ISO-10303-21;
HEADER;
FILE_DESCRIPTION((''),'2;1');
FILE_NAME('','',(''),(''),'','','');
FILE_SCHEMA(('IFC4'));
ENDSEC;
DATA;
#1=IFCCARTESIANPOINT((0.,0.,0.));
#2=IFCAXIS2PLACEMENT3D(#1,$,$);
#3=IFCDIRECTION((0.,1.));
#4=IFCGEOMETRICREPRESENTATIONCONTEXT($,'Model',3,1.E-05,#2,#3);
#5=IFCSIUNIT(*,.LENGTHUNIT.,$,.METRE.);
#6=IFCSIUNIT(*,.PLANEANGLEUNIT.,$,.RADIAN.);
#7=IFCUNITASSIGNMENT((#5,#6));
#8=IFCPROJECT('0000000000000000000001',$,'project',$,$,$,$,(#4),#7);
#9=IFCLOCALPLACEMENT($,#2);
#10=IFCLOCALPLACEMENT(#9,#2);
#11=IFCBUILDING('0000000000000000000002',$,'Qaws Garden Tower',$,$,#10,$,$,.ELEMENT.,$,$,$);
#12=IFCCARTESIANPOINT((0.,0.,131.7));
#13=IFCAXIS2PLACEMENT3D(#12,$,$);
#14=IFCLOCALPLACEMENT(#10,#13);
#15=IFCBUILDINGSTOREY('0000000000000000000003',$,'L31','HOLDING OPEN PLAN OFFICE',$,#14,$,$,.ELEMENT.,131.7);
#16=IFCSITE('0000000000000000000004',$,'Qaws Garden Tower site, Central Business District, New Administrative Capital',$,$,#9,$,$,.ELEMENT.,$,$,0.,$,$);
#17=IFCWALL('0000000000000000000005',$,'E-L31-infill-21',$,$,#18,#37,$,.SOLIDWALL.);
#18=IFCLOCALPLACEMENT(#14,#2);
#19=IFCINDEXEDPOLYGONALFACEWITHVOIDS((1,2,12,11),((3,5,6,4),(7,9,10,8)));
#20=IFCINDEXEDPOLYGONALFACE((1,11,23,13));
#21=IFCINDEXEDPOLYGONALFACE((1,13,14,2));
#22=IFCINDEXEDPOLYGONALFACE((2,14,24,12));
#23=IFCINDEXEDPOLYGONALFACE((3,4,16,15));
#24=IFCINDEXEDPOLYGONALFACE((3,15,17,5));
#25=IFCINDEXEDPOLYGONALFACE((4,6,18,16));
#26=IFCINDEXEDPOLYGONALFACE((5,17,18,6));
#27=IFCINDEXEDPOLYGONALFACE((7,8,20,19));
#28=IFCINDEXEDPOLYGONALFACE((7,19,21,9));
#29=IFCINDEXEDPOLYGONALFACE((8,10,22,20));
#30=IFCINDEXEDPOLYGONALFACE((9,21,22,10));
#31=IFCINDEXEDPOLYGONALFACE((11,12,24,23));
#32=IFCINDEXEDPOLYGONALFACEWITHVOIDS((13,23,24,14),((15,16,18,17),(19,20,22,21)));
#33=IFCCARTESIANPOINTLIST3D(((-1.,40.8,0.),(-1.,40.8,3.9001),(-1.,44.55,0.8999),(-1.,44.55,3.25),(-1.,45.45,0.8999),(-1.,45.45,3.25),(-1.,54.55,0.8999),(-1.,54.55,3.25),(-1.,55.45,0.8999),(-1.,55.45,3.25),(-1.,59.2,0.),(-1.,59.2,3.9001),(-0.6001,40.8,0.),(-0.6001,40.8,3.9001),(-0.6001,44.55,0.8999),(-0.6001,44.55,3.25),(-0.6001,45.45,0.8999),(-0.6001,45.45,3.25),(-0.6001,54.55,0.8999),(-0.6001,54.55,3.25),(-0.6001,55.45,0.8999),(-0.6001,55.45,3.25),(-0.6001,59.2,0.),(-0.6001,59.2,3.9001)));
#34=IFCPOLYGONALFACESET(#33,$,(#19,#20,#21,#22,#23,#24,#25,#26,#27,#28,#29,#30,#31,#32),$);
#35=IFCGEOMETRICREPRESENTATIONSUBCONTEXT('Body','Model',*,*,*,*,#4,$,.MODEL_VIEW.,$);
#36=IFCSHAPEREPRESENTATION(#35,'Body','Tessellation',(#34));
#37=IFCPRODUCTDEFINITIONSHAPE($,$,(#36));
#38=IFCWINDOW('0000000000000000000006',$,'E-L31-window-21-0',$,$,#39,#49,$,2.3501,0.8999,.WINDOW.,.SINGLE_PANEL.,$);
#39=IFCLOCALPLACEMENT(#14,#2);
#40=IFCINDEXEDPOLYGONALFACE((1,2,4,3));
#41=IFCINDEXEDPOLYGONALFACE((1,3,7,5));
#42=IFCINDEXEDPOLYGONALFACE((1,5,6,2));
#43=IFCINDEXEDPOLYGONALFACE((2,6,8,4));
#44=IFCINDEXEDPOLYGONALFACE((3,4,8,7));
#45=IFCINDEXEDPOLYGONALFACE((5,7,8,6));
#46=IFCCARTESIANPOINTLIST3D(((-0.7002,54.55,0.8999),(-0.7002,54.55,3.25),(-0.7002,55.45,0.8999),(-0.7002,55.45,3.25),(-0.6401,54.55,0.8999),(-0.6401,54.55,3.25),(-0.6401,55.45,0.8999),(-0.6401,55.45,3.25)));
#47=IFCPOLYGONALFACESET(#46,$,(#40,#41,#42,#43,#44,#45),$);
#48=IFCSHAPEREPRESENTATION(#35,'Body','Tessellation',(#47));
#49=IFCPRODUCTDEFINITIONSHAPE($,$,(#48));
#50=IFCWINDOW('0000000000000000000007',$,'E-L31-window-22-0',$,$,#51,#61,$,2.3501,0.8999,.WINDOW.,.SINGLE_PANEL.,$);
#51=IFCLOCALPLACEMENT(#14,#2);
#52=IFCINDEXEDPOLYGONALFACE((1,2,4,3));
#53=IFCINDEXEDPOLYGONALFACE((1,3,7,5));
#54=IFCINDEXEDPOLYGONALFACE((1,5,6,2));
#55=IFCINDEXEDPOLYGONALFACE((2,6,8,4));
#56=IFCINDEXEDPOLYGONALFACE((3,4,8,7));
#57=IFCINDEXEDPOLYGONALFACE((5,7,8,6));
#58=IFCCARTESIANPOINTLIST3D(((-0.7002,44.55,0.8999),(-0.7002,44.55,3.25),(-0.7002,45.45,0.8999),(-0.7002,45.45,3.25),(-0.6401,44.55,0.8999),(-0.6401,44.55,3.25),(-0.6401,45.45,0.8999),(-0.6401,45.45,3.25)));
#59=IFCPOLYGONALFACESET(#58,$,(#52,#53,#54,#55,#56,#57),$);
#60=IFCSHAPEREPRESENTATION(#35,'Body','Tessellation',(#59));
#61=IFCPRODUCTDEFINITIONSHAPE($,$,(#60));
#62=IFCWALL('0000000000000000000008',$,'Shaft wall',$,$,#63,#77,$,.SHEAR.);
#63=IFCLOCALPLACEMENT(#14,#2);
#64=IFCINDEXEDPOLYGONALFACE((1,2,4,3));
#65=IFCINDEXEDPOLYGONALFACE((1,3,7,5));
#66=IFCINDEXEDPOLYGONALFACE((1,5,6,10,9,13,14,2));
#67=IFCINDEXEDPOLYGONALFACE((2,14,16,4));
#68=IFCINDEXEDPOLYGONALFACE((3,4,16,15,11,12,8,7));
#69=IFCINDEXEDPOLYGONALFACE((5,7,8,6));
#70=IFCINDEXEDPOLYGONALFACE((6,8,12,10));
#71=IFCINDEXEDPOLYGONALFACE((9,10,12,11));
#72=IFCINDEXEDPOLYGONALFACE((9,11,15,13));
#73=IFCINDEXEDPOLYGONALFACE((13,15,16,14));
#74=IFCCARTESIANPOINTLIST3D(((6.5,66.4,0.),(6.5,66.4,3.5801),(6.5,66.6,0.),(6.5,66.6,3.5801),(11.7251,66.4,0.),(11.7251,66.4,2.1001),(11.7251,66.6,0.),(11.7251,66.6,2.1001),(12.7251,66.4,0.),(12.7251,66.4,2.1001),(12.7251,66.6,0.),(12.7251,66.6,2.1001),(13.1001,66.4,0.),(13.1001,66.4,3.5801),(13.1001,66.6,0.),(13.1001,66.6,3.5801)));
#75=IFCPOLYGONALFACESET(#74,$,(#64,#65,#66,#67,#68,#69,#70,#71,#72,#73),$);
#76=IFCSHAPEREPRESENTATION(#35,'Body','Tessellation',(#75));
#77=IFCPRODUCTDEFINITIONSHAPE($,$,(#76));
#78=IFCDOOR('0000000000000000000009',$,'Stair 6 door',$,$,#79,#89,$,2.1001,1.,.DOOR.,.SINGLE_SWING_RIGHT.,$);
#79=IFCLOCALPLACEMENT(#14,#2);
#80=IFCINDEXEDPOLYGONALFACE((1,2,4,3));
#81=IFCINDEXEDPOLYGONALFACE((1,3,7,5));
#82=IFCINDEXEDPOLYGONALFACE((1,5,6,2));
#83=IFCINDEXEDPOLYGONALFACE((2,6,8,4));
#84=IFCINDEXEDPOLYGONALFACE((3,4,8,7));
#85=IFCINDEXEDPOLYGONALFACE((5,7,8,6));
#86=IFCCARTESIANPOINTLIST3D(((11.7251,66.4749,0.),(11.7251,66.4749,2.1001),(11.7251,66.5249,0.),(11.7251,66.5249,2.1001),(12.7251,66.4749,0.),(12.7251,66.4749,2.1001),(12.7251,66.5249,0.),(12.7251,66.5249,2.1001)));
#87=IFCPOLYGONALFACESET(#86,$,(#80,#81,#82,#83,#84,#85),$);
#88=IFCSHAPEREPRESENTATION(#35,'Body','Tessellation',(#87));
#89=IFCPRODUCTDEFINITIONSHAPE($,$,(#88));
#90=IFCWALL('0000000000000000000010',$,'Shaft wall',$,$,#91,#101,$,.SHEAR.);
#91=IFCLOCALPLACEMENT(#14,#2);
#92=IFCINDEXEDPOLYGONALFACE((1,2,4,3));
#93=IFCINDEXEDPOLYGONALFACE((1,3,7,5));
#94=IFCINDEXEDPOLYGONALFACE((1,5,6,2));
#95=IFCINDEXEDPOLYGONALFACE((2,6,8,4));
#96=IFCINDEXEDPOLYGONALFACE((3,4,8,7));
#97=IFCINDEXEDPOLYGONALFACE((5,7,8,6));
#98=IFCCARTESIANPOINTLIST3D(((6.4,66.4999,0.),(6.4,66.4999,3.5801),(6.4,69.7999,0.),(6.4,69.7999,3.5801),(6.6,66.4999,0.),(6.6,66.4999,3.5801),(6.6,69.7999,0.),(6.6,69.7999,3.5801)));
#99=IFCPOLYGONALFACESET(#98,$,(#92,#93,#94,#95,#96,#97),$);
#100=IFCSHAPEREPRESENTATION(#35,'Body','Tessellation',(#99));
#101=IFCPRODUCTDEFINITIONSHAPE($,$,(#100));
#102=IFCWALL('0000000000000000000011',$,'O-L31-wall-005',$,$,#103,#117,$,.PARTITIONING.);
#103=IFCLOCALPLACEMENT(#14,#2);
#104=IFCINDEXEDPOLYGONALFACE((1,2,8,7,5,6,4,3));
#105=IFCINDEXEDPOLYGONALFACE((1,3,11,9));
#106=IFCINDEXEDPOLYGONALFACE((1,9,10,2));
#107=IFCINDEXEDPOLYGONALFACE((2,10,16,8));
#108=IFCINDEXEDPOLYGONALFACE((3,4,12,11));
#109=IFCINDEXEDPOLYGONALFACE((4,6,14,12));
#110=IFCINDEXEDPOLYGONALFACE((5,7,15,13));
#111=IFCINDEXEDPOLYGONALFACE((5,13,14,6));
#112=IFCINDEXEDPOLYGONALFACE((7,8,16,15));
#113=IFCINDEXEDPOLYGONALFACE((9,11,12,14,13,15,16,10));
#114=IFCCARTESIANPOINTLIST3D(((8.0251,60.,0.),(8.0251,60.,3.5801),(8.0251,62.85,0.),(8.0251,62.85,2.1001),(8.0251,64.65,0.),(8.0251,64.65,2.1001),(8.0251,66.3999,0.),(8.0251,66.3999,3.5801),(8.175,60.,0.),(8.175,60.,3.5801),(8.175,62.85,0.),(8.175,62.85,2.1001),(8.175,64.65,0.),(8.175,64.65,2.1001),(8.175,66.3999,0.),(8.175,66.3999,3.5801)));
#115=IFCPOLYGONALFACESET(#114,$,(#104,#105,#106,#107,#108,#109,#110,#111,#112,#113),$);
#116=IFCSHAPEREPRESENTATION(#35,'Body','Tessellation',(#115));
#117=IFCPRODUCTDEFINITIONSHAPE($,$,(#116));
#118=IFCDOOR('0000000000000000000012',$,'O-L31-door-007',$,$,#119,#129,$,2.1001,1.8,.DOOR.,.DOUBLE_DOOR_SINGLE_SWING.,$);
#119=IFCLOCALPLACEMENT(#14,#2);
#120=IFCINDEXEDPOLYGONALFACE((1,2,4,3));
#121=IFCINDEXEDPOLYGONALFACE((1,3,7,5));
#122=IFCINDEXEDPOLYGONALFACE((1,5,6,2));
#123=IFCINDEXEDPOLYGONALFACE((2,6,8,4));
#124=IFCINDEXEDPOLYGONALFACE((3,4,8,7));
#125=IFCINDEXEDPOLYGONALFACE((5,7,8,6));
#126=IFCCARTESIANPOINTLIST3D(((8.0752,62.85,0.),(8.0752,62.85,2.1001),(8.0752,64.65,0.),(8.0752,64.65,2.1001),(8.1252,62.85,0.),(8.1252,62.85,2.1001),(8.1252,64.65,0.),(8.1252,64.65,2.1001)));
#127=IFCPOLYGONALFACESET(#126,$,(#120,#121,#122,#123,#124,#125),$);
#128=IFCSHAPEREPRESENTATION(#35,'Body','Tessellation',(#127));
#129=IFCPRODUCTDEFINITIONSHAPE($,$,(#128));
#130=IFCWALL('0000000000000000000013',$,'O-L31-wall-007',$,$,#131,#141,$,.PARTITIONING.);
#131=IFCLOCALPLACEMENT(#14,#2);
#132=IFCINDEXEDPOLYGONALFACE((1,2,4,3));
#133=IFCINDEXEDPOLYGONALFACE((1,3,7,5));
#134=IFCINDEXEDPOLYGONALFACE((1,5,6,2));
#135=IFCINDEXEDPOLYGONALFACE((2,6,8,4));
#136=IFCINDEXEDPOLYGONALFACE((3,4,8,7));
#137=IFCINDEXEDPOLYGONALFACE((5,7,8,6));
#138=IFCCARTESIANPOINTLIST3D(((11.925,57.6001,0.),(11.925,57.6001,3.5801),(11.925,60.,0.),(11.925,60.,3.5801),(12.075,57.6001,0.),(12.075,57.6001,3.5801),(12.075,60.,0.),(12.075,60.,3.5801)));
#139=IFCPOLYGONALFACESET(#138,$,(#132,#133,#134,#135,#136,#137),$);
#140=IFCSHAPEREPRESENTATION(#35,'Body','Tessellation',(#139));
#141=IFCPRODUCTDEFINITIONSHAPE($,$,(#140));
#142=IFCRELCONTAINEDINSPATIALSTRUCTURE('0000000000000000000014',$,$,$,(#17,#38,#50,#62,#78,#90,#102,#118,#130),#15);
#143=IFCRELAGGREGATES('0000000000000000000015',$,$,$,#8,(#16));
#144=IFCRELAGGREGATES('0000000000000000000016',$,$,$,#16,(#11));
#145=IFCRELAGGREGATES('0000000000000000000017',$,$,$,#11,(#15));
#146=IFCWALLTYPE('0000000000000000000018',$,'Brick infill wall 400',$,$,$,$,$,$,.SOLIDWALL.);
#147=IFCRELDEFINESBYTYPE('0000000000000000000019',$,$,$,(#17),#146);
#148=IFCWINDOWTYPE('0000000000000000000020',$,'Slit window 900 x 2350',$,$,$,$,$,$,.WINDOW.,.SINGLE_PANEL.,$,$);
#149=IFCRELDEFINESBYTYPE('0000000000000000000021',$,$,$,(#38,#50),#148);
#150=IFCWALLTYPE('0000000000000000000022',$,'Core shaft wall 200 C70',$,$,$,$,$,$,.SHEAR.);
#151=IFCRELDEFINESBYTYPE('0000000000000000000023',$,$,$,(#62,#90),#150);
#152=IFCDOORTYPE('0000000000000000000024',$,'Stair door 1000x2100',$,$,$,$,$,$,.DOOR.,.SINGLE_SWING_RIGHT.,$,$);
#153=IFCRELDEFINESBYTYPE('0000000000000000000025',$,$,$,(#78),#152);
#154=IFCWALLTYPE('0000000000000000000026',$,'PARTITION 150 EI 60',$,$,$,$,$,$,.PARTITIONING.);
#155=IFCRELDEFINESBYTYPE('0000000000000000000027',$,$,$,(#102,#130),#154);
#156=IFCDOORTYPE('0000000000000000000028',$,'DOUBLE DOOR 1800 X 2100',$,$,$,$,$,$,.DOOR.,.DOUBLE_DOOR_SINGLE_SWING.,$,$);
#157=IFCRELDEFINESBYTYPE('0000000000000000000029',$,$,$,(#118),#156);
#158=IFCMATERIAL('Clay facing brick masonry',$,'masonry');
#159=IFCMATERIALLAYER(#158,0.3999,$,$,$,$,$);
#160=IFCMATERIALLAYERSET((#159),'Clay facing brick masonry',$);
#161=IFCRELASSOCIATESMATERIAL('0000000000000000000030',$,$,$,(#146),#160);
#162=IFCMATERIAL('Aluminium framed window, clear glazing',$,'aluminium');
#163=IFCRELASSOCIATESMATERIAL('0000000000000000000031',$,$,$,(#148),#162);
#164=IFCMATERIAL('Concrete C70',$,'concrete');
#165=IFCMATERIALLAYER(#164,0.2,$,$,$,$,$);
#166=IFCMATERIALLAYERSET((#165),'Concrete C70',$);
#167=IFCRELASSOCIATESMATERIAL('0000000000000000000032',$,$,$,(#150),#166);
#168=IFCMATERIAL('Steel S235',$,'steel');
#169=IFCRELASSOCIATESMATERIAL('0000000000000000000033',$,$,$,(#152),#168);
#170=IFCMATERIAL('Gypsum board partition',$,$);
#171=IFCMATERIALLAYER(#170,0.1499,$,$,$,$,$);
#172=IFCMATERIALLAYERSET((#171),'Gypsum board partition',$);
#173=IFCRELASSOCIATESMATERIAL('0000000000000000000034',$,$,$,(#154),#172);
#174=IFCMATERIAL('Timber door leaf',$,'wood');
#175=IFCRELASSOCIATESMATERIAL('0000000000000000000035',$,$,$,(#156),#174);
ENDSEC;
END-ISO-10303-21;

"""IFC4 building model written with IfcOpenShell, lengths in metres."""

from ifc_helpers import new_model, si_unit, direction, frame, frame_2d, origin, place, context, subcontext, project, spatial, rectangle, extrude, material, layer, layer_set, type_object, element, fill, save


model = new_model("IFC4")

# Units and contexts
model_context = context("Model", 3, precision=1e-05, world=origin(), true_north=direction((0.0, 1.0)))
body_context = subcontext(model_context, "Body", "Model", "MODEL_VIEW")
ifc_project = project(units=[si_unit("LENGTHUNIT", "METRE"), si_unit("PLANEANGLEUNIT", "RADIAN")], contexts=[model_context])

# Site, building, storey
site_placement = place(None, origin())
site = spatial("IfcSite", under=ifc_project, at=site_placement, Name="Qaws Garden Tower site, Central Business District, New Administrative Capital", CompositionType="ELEMENT", RefElevation=0.0)
building_placement = place(site_placement, origin())
building = spatial("IfcBuilding", under=site, at=building_placement, Name="Qaws Garden Tower", CompositionType="ELEMENT")
storey_placement = place(building_placement, frame((0.0, 0.0, 131.7)))
storey = spatial("IfcBuildingStorey", under=building, at=storey_placement, Name="L31", Description="HOLDING OPEN PLAN OFFICE", CompositionType="ELEMENT", Elevation=131.7)

# Shared definitions
ifc_material_1 = material(Name="Clay facing brick masonry", Category="masonry")
ifc_layer_1 = layer(ifc_material_1, 0.3999)
ifc_layer_set_1 = layer_set([ifc_layer_1], Name="Clay facing brick masonry")
wall_type_1 = type_object("IfcWallType", Name="Brick infill wall 400", PredefinedType="SOLIDWALL", material=ifc_layer_set_1)

# Wall, openings, windows
wall_1_placement = place(storey_placement, frame((-0.8, 59.2, 0.0), z_axis=(0.0, 0.0, 1.0), x_axis=(0.0, -1.0, 0.0)))
wall_1 = element("IfcWall", 1, at=wall_1_placement, inside=storey, type_object=wall_type_1, Name="E-L31-infill-21", PredefinedType="SOLIDWALL", context=body_context, shape_type="SweptSolid", body=[
    extrude(rectangle(XDim=18.3999, YDim=0.3999, at=frame_2d((9.2, 0.0))), origin(), (0.0, 0.0, 1.0), 3.9001),
])
opening_1_placement = place(wall_1_placement, frame((3.75, 0.0, 0.8999)))
opening_1 = element("IfcOpeningElement", 2, at=opening_1_placement, cuts=wall_1, PredefinedType="OPENING", context=body_context, shape_type="SweptSolid", body=[
    extrude(rectangle(XDim=0.8999, YDim=2.3501, at=frame_2d((0.45, 1.175))), frame((0.0, 0.21, 0.0), z_axis=(0.0, -1.0, 0.0), x_axis=(1.0, 0.0, 0.0)), (0.0, 0.0, 1.0), 0.4199),
])
opening_2_placement = place(wall_1_placement, frame((13.75, 0.0, 0.8999)))
opening_2 = element("IfcOpeningElement", 3, at=opening_2_placement, cuts=wall_1, PredefinedType="OPENING", context=body_context, shape_type="SweptSolid", body=[
    extrude(rectangle(XDim=0.8999, YDim=2.3501, at=frame_2d((0.45, 1.175))), frame((0.0, 0.21, 0.0), z_axis=(0.0, -1.0, 0.0), x_axis=(1.0, 0.0, 0.0)), (0.0, 0.0, 1.0), 0.4199),
])
ifc_material_2 = material(Name="Aluminium framed window, clear glazing", Category="aluminium")
window_type_1 = type_object("IfcWindowType", Name="Slit window 900 x 2350", PartitioningType="SINGLE_PANEL", PredefinedType="WINDOW", material=ifc_material_2)
window_1_placement = place(opening_1_placement, origin())
window_1 = element("IfcWindow", 4, at=window_1_placement, inside=storey, type_object=window_type_1, Name="E-L31-window-21-0", OverallHeight=2.3501, OverallWidth=0.8999, PartitioningType="SINGLE_PANEL", PredefinedType="WINDOW", context=body_context, shape_type="SweptSolid", body=[
    extrude(rectangle(XDim=0.8999, YDim=2.3501, at=frame_2d((0.45, 1.175))), frame((0.0, 0.1599, 0.0), z_axis=(0.0, -1.0, 0.0), x_axis=(1.0, 0.0, 0.0)), (0.0, 0.0, 1.0), 0.0601),
])
fill(opening_1, window_1)
window_2_placement = place(opening_2_placement, origin())
window_2 = element("IfcWindow", 5, at=window_2_placement, inside=storey, type_object=window_type_1, Name="E-L31-window-22-0", OverallHeight=2.3501, OverallWidth=0.8999, PartitioningType="SINGLE_PANEL", PredefinedType="WINDOW", context=body_context, shape_type="SweptSolid", body=[
    extrude(rectangle(XDim=0.8999, YDim=2.3501, at=frame_2d((0.45, 1.175))), frame((0.0, 0.1599, 0.0), z_axis=(0.0, -1.0, 0.0), x_axis=(1.0, 0.0, 0.0)), (0.0, 0.0, 1.0), 0.0601),
])
fill(opening_2, window_2)

# Wall, opening, door
ifc_material_3 = material(Name="Concrete C70", Category="concrete")
ifc_layer_2 = layer(ifc_material_3, 0.2)
ifc_layer_set_2 = layer_set([ifc_layer_2], Name="Concrete C70")
wall_type_2 = type_object("IfcWallType", Name="Core shaft wall 200 C70", PredefinedType="SHEAR", material=ifc_layer_set_2)
wall_2_placement = place(storey_placement, frame((6.5, 66.5, 0.0), z_axis=(0.0, 0.0, 1.0), x_axis=(1.0, 0.0, 0.0)))
wall_2 = element("IfcWall", 6, at=wall_2_placement, inside=storey, type_object=wall_type_2, Name="Shaft wall", PredefinedType="SHEAR", context=body_context, shape_type="SweptSolid", body=[
    extrude(rectangle(XDim=6.6001, YDim=0.2, at=frame_2d((3.3, 0.0))), origin(), (0.0, 0.0, 1.0), 3.5801),
])
opening_3_placement = place(wall_2_placement, frame((5.2251, 0.0, 0.0)))
opening_3 = element("IfcOpeningElement", 7, at=opening_3_placement, cuts=wall_2, PredefinedType="OPENING", context=body_context, shape_type="SweptSolid", body=[
    extrude(rectangle(XDim=1.0, YDim=2.1001, at=frame_2d((0.5, 1.05))), frame((0.0, 0.1099, 0.0), z_axis=(0.0, -1.0, 0.0), x_axis=(1.0, 0.0, 0.0)), (0.0, 0.0, 1.0), 0.22),
])
ifc_material_4 = material(Name="Steel S235", Category="steel")
door_type_1 = type_object("IfcDoorType", Name="Stair door 1000x2100", OperationType="SINGLE_SWING_RIGHT", PredefinedType="DOOR", material=ifc_material_4)
door_1_placement = place(opening_3_placement, origin())
door_1 = element("IfcDoor", 8, at=door_1_placement, inside=storey, type_object=door_type_1, Name="Stair 6 door", OperationType="SINGLE_SWING_RIGHT", OverallHeight=2.1001, OverallWidth=1.0, PredefinedType="DOOR", context=body_context, shape_type="SweptSolid", body=[
    extrude(rectangle(XDim=1.0, YDim=2.1001, at=frame_2d((0.5, 1.05))), frame((0.0, 0.0249, 0.0), z_axis=(0.0, -1.0, 0.0), x_axis=(1.0, 0.0, 0.0)), (0.0, 0.0, 1.0), 0.05),
])
fill(opening_3, door_1)

# Wall
wall_3_placement = place(storey_placement, frame((6.5, 66.5, 0.0), z_axis=(0.0, 0.0, 1.0), x_axis=(0.0, 1.0, 0.0)))
element("IfcWall", 9, at=wall_3_placement, inside=storey, type_object=wall_type_2, Name="Shaft wall", PredefinedType="SHEAR", context=body_context, shape_type="SweptSolid", body=[
    extrude(rectangle(XDim=3.3, YDim=0.2, at=frame_2d((1.6499, 0.0))), origin(), (0.0, 0.0, 1.0), 3.5801),
])

# Wall, opening, door
ifc_material_5 = material(Name="Gypsum board partition")
ifc_layer_3 = layer(ifc_material_5, 0.1499)
ifc_layer_set_3 = layer_set([ifc_layer_3], Name="Gypsum board partition")
wall_type_3 = type_object("IfcWallType", Name="PARTITION 150 EI 60", PredefinedType="PARTITIONING", material=ifc_layer_set_3)
wall_4_placement = place(storey_placement, frame((8.1001, 60.0, 0.0), z_axis=(0.0, 0.0, 1.0), x_axis=(0.0, 1.0, 0.0)))
wall_4 = element("IfcWall", 10, at=wall_4_placement, inside=storey, type_object=wall_type_3, Name="O-L31-wall-005", PredefinedType="PARTITIONING", context=body_context, shape_type="SweptSolid", body=[
    extrude(rectangle(XDim=6.3999, YDim=0.1499, at=frame_2d((3.2, 0.0))), origin(), (0.0, 0.0, 1.0), 3.5801),
])
opening_4_placement = place(wall_4_placement, frame((2.8501, 0.0, 0.0)))
opening_4 = element("IfcOpeningElement", 11, at=opening_4_placement, cuts=wall_4, PredefinedType="OPENING", context=body_context, shape_type="SweptSolid", body=[
    extrude(rectangle(XDim=1.8, YDim=2.1001, at=frame_2d((0.8999, 1.05))), frame((0.0, 0.085, 0.0), z_axis=(0.0, -1.0, 0.0), x_axis=(1.0, 0.0, 0.0)), (0.0, 0.0, 1.0), 0.1699),
])
ifc_material_6 = material(Name="Timber door leaf", Category="wood")
door_type_2 = type_object("IfcDoorType", Name="DOUBLE DOOR 1800 X 2100", OperationType="DOUBLE_DOOR_SINGLE_SWING", PredefinedType="DOOR", material=ifc_material_6)
door_2_placement = place(opening_4_placement, origin())
door_2 = element("IfcDoor", 12, at=door_2_placement, inside=storey, type_object=door_type_2, Name="O-L31-door-007", OperationType="DOUBLE_DOOR_SINGLE_SWING", OverallHeight=2.1001, OverallWidth=1.8, PredefinedType="DOOR", context=body_context, shape_type="SweptSolid", body=[
    extrude(rectangle(XDim=1.8, YDim=2.1001, at=frame_2d((0.8999, 1.05))), frame((0.0, 0.0249, 0.0), z_axis=(0.0, -1.0, 0.0), x_axis=(1.0, 0.0, 0.0)), (0.0, 0.0, 1.0), 0.05),
])
fill(opening_4, door_2)

# Wall
wall_5_placement = place(storey_placement, frame((12.0, 57.6001, 0.0), z_axis=(0.0, 0.0, 1.0), x_axis=(0.0, 1.0, 0.0)))
element("IfcWall", 13, at=wall_5_placement, inside=storey, type_object=wall_type_3, Name="O-L31-wall-007", PredefinedType="PARTITIONING", context=body_context, shape_type="SweptSolid", body=[
    extrude(rectangle(XDim=2.3999, YDim=0.1499, at=frame_2d((1.2, 0.0))), origin(), (0.0, 0.0, 1.0), 3.5801),
])

save(model, "model.ifc")
